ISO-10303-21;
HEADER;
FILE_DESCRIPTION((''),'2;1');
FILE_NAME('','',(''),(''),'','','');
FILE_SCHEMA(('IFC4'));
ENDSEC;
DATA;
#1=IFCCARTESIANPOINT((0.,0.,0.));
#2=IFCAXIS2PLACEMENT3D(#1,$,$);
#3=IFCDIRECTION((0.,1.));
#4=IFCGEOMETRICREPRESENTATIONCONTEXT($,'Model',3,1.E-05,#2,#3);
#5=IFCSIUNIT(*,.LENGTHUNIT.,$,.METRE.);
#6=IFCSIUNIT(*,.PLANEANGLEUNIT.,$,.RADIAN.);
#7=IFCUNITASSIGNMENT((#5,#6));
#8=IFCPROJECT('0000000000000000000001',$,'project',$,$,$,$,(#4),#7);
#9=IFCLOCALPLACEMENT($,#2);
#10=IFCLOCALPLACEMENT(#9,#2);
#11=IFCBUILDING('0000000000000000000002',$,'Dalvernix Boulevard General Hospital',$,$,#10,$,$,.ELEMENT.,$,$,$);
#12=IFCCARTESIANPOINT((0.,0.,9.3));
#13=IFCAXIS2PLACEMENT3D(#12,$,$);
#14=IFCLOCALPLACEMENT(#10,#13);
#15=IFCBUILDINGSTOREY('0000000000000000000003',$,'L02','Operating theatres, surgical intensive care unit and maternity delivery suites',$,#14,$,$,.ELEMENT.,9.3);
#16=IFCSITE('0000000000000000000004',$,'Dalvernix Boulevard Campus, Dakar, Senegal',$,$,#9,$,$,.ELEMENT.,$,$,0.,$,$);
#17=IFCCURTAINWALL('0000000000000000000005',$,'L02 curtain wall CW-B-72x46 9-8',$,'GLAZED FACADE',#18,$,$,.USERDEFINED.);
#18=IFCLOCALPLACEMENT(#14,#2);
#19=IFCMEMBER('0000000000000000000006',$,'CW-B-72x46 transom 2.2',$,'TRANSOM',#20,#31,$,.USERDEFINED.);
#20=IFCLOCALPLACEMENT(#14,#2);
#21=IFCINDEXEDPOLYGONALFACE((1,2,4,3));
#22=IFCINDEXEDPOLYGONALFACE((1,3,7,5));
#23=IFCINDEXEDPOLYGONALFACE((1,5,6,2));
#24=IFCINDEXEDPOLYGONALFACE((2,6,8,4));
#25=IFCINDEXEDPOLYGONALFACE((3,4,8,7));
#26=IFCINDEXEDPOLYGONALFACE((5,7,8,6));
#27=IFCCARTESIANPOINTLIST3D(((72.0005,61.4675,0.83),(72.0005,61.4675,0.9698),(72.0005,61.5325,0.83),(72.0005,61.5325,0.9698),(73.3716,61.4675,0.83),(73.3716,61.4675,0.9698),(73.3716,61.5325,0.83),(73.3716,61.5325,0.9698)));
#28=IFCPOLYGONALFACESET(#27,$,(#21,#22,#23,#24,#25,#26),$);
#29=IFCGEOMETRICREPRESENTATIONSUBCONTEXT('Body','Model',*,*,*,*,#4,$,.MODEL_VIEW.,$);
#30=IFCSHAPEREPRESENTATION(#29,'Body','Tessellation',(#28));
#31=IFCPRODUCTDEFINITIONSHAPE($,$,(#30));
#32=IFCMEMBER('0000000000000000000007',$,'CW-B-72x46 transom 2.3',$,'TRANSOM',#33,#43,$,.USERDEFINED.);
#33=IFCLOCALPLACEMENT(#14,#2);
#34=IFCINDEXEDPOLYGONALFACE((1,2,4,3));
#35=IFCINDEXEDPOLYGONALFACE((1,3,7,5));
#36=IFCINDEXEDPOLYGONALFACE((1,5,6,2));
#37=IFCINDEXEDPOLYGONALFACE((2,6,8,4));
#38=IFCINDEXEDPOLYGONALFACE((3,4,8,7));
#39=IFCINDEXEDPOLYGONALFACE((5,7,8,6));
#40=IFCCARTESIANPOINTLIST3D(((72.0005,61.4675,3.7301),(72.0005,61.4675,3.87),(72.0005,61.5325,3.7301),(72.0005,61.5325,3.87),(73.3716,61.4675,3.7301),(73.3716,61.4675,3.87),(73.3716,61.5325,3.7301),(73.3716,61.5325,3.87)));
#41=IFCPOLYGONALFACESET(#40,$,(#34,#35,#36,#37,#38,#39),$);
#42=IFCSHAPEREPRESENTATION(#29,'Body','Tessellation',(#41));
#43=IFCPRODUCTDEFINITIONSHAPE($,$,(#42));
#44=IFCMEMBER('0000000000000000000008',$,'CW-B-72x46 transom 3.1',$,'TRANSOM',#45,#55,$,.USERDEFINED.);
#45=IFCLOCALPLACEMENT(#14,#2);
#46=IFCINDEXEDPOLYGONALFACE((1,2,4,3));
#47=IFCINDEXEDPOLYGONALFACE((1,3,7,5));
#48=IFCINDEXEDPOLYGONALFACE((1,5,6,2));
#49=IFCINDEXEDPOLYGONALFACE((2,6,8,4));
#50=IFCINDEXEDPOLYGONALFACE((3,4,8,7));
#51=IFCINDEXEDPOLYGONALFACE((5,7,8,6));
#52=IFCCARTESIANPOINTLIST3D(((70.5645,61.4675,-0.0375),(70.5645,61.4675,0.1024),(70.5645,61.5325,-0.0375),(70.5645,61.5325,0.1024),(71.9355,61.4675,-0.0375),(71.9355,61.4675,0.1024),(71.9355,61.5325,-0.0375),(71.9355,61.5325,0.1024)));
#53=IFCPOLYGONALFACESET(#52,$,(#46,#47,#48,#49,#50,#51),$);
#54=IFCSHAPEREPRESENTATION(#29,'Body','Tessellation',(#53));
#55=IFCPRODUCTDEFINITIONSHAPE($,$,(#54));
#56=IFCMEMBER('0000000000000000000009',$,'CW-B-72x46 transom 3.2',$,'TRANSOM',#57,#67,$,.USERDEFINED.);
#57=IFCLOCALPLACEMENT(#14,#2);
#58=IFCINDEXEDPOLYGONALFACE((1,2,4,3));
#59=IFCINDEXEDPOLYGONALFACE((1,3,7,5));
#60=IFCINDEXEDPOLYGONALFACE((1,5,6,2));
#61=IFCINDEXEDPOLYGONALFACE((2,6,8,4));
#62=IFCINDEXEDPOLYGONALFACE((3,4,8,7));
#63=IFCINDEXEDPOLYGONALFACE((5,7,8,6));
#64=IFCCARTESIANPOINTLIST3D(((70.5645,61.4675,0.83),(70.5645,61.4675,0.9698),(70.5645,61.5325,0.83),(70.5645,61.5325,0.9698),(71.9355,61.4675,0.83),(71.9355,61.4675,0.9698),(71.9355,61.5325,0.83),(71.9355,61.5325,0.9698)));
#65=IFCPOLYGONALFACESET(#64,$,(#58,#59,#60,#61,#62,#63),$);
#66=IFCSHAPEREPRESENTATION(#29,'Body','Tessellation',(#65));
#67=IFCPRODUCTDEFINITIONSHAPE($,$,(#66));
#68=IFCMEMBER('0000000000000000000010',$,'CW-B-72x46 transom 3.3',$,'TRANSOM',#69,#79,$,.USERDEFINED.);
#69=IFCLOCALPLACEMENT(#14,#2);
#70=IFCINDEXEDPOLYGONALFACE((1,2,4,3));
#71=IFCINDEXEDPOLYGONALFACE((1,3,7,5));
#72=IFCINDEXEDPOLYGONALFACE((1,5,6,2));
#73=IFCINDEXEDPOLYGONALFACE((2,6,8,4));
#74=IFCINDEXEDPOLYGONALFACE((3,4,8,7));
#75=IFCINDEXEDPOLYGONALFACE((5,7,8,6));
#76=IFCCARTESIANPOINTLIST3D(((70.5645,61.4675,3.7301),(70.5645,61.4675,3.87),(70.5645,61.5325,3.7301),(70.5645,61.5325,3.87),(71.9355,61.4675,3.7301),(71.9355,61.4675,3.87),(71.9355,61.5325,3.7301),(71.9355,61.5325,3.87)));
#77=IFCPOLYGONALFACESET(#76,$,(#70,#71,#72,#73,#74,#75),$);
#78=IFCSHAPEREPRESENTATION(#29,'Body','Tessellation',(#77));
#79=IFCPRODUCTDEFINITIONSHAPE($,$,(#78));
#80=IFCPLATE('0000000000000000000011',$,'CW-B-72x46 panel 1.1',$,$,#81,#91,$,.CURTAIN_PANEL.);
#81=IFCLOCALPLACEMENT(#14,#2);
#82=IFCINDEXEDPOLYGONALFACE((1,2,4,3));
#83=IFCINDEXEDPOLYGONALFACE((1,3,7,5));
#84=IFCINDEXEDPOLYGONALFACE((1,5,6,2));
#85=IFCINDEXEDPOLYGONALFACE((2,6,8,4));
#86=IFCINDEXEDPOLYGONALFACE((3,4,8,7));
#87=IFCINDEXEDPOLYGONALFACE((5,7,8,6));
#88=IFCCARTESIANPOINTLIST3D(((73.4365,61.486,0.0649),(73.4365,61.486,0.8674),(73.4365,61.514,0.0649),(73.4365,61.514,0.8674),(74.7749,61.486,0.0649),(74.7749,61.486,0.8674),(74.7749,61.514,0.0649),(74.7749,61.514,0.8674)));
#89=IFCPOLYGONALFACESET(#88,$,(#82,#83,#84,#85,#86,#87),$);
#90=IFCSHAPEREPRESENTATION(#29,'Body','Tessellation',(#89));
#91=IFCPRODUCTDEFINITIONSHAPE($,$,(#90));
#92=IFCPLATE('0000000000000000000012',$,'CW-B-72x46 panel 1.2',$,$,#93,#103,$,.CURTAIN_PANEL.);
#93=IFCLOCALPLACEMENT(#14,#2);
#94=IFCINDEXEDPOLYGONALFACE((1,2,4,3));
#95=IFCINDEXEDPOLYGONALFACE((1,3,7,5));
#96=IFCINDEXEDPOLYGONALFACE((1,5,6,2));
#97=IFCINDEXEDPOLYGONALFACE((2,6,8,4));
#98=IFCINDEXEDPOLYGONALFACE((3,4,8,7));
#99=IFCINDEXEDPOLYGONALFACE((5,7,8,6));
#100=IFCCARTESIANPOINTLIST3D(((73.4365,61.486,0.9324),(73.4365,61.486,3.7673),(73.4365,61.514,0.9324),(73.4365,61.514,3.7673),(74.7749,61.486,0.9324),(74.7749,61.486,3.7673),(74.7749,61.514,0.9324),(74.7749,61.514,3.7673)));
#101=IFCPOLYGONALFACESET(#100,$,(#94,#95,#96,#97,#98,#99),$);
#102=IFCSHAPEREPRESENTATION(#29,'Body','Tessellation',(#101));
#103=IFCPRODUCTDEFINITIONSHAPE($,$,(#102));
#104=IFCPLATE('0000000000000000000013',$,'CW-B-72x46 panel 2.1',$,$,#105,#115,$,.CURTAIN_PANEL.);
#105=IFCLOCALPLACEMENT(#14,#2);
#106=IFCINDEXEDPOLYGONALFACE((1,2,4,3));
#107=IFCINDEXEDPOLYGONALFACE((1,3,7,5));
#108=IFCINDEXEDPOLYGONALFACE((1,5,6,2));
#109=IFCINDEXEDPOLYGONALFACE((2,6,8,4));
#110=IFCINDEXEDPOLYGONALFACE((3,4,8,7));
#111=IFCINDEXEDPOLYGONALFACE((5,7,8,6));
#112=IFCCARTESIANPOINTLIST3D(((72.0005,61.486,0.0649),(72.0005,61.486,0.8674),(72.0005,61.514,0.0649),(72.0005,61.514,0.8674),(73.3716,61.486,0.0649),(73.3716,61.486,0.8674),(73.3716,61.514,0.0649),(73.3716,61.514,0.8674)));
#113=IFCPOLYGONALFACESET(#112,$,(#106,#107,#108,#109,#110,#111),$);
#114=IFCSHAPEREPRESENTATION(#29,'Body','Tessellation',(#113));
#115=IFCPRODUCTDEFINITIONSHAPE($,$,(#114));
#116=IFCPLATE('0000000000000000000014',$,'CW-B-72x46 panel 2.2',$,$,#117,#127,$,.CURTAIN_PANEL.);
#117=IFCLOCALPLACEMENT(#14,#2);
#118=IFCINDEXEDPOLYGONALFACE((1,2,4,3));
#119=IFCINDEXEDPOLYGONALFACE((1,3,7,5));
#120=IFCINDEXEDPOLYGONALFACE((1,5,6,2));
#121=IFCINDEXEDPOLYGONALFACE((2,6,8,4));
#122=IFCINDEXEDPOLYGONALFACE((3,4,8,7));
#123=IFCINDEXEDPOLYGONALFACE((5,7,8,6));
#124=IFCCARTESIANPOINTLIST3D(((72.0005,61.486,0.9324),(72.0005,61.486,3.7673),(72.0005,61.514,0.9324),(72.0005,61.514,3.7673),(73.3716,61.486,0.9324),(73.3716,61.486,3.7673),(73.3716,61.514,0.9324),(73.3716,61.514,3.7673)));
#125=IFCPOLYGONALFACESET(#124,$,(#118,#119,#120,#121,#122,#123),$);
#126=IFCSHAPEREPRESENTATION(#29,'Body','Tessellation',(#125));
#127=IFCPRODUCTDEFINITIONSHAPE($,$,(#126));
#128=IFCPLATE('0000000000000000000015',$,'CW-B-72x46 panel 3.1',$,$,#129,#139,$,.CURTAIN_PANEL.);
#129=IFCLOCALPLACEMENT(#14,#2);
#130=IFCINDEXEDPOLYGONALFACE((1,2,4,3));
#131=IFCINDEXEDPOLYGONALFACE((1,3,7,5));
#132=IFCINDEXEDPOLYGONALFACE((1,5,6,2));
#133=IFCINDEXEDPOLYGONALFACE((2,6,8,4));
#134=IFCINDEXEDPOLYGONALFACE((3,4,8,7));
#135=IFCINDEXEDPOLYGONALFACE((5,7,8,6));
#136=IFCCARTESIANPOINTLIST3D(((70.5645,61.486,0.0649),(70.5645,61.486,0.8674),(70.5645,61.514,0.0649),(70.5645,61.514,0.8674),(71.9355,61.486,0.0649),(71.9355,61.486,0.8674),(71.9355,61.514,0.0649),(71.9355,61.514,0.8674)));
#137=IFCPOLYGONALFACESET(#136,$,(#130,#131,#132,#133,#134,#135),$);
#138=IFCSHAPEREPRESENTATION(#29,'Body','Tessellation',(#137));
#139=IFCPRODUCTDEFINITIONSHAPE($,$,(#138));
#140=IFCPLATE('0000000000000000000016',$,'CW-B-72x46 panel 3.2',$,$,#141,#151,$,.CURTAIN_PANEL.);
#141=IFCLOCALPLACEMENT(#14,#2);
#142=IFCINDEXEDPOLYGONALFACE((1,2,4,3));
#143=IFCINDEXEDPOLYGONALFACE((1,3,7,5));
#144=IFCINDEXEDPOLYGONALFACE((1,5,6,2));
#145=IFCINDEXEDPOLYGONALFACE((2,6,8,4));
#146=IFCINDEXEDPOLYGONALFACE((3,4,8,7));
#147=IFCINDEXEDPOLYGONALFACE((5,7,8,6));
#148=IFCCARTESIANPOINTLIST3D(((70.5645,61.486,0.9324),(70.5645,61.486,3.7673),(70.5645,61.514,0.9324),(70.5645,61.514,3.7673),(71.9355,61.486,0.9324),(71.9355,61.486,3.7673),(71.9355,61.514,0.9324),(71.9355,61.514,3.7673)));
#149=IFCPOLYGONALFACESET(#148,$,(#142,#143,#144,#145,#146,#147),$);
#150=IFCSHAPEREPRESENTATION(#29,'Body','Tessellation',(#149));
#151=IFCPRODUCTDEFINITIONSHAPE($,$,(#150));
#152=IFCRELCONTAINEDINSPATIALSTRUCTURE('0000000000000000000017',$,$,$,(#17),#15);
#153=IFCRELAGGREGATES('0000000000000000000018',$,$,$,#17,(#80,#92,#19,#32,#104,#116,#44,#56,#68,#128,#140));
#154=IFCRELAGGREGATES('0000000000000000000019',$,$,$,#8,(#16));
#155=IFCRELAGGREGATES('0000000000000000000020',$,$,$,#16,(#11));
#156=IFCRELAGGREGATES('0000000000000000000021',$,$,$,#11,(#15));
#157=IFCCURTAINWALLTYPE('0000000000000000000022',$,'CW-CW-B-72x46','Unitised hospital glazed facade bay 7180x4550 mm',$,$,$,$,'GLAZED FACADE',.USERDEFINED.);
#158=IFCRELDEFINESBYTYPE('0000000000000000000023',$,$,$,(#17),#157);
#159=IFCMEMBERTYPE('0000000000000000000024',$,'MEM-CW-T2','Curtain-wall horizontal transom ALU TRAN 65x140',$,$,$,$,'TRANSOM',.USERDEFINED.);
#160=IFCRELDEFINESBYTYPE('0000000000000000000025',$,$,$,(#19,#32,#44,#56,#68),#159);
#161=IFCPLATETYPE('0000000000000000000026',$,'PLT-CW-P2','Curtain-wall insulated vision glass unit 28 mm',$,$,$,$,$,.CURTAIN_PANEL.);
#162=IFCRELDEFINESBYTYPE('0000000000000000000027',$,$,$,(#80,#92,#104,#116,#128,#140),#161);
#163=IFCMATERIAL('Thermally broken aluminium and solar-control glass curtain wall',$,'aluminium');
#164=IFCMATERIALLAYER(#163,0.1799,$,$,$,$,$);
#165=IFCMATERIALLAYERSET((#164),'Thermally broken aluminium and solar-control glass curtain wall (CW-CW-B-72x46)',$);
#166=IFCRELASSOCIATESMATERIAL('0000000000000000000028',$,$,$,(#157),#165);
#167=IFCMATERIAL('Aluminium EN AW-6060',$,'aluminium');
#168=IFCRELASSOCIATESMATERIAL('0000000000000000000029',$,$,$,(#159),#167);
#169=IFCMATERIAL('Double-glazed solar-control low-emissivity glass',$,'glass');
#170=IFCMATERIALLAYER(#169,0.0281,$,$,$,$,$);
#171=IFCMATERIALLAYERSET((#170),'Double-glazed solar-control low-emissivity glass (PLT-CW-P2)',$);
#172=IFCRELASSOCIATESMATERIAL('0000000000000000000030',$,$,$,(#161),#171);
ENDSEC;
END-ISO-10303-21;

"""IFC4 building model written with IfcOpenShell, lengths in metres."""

from ifc_helpers import new_model, si_unit, direction, frame, origin, origin_2d, place, context, subcontext, project, spatial, rectangle, extrude, material, layer, layer_set, material_profile, profile_set, type_object, element, aggregate, save


model = new_model("IFC4")

# Units and contexts
model_context = context("Model", 3, precision=1e-05, world=origin(), true_north=direction((0.0, 1.0)))
body_context = subcontext(model_context, "Body", "Model", "MODEL_VIEW")
ifc_project = project(units=[si_unit("LENGTHUNIT", "METRE"), si_unit("PLANEANGLEUNIT", "RADIAN")], contexts=[model_context])

# Site, building, storey
site_placement = place(None, origin())
site = spatial("IfcSite", under=ifc_project, at=site_placement, Name="Dalvernix Boulevard Campus, Dakar, Senegal", CompositionType="ELEMENT", RefElevation=0.0)
building_placement = place(site_placement, origin())
building = spatial("IfcBuilding", under=site, at=building_placement, Name="Dalvernix Boulevard General Hospital", CompositionType="ELEMENT")
storey_placement = place(building_placement, frame((0.0, 0.0, 9.3)))
storey = spatial("IfcBuildingStorey", under=building, at=storey_placement, Name="L02", Description="Operating theatres, surgical intensive care unit and maternity delivery suites", CompositionType="ELEMENT", Elevation=9.3)

# Curtain wall
ifc_material_1 = material(Name="Thermally broken aluminium and solar-control glass curtain wall", Category="aluminium")
ifc_layer_1 = layer(ifc_material_1, 0.1799)
ifc_layer_set_1 = layer_set([ifc_layer_1], Name="Thermally broken aluminium and solar-control glass curtain wall (CW-CW-B-72x46)")
curtain_wall_type_1 = type_object("IfcCurtainWallType", Name="CW-CW-B-72x46", Description="Unitised hospital glazed facade bay 7180x4550 mm", ElementType="GLAZED FACADE", PredefinedType="USERDEFINED", material=ifc_layer_set_1)
curtain_wall_1_placement = place(storey_placement, origin())
curtain_wall_1 = element("IfcCurtainWall", 1, at=curtain_wall_1_placement, inside=storey, type_object=curtain_wall_type_1, Name="L02 curtain wall CW-B-72x46 9-8", ObjectType="GLAZED FACADE", PredefinedType="USERDEFINED")
ifc_material_2 = material(Name="Aluminium EN AW-6060", Category="aluminium")

# Members
ifc_material_profile_1 = material_profile(ifc_material_2, rectangle(XDim=0.0649, YDim=0.1399, at=origin_2d()), Name="ALU TRAN 65x140")
ifc_profile_set_1 = profile_set([ifc_material_profile_1], Name="Aluminium EN AW-6060")
member_type_1 = type_object("IfcMemberType", Name="MEM-CW-T2", Description="Curtain-wall horizontal transom ALU TRAN 65x140", ElementType="TRANSOM", PredefinedType="USERDEFINED", material=ifc_profile_set_1)
member_1_placement = place(storey_placement, frame((73.3716, 61.5, 0.8999), z_axis=(-1.0, 0.0, 0.0), x_axis=(0.0, -1.0, 0.0)))
member_1 = element("IfcMember", 2, at=member_1_placement, type_object=member_type_1, Name="CW-B-72x46 transom 2.2", ObjectType="TRANSOM", PredefinedType="USERDEFINED", context=body_context, shape_type="SweptSolid", body=[
    extrude(rectangle(XDim=0.0649, YDim=0.1399, at=origin_2d()), origin(), (0.0, 0.0, 1.0), 1.3711),
])
member_2_placement = place(storey_placement, frame((73.3716, 61.5, 3.8), z_axis=(-1.0, 0.0, 0.0), x_axis=(0.0, -1.0, 0.0)))
member_2 = element("IfcMember", 3, at=member_2_placement, type_object=member_type_1, Name="CW-B-72x46 transom 2.3", ObjectType="TRANSOM", PredefinedType="USERDEFINED", context=body_context, shape_type="SweptSolid", body=[
    extrude(rectangle(XDim=0.0649, YDim=0.1399, at=origin_2d()), origin(), (0.0, 0.0, 1.0), 1.3711),
])
member_3_placement = place(storey_placement, frame((71.9355, 61.5, 0.0325), z_axis=(-1.0, 0.0, 0.0), x_axis=(0.0, -1.0, 0.0)))
member_3 = element("IfcMember", 4, at=member_3_placement, type_object=member_type_1, Name="CW-B-72x46 transom 3.1", ObjectType="TRANSOM", PredefinedType="USERDEFINED", context=body_context, shape_type="SweptSolid", body=[
    extrude(rectangle(XDim=0.0649, YDim=0.1399, at=origin_2d()), origin(), (0.0, 0.0, 1.0), 1.3711),
])
member_4_placement = place(storey_placement, frame((71.9355, 61.5, 0.8999), z_axis=(-1.0, 0.0, 0.0), x_axis=(0.0, -1.0, 0.0)))
member_4 = element("IfcMember", 5, at=member_4_placement, type_object=member_type_1, Name="CW-B-72x46 transom 3.2", ObjectType="TRANSOM", PredefinedType="USERDEFINED", context=body_context, shape_type="SweptSolid", body=[
    extrude(rectangle(XDim=0.0649, YDim=0.1399, at=origin_2d()), origin(), (0.0, 0.0, 1.0), 1.3711),
])
member_5_placement = place(storey_placement, frame((71.9355, 61.5, 3.8), z_axis=(-1.0, 0.0, 0.0), x_axis=(0.0, -1.0, 0.0)))
member_5 = element("IfcMember", 6, at=member_5_placement, type_object=member_type_1, Name="CW-B-72x46 transom 3.3", ObjectType="TRANSOM", PredefinedType="USERDEFINED", context=body_context, shape_type="SweptSolid", body=[
    extrude(rectangle(XDim=0.0649, YDim=0.1399, at=origin_2d()), origin(), (0.0, 0.0, 1.0), 1.3711),
])

# Plates
ifc_material_3 = material(Name="Double-glazed solar-control low-emissivity glass", Category="glass")
ifc_layer_2 = layer(ifc_material_3, 0.0281)
ifc_layer_set_2 = layer_set([ifc_layer_2], Name="Double-glazed solar-control low-emissivity glass (PLT-CW-P2)")
plate_type = type_object("IfcPlateType", Name="PLT-CW-P2", Description="Curtain-wall insulated vision glass unit 28 mm", PredefinedType="CURTAIN_PANEL", material=ifc_layer_set_2)
plate_1_placement = place(storey_placement, frame((74.1057, 61.5, 0.0649), z_axis=(0.0, 0.0, 1.0), x_axis=(-1.0, 0.0, 0.0)))
plate_1 = element("IfcPlate", 7, at=plate_1_placement, type_object=plate_type, Name="CW-B-72x46 panel 1.1", PredefinedType="CURTAIN_PANEL", context=body_context, shape_type="SweptSolid", body=[
    extrude(rectangle(XDim=1.3384, YDim=0.0281, at=origin_2d()), origin(), (0.0, 0.0, 1.0), 0.8025),
])
plate_2_placement = place(storey_placement, frame((74.1057, 61.5, 0.9324), z_axis=(0.0, 0.0, 1.0), x_axis=(-1.0, 0.0, 0.0)))
plate_2 = element("IfcPlate", 8, at=plate_2_placement, type_object=plate_type, Name="CW-B-72x46 panel 1.2", PredefinedType="CURTAIN_PANEL", context=body_context, shape_type="SweptSolid", body=[
    extrude(rectangle(XDim=1.3384, YDim=0.0281, at=origin_2d()), origin(), (0.0, 0.0, 1.0), 2.835),
])
plate_3_placement = place(storey_placement, frame((72.686, 61.5, 0.0649), z_axis=(0.0, 0.0, 1.0), x_axis=(-1.0, 0.0, 0.0)))
plate_3 = element("IfcPlate", 9, at=plate_3_placement, type_object=plate_type, Name="CW-B-72x46 panel 2.1", PredefinedType="CURTAIN_PANEL", context=body_context, shape_type="SweptSolid", body=[
    extrude(rectangle(XDim=1.3711, YDim=0.0281, at=origin_2d()), origin(), (0.0, 0.0, 1.0), 0.8025),
])
plate_4_placement = place(storey_placement, frame((72.686, 61.5, 0.9324), z_axis=(0.0, 0.0, 1.0), x_axis=(-1.0, 0.0, 0.0)))
plate_4 = element("IfcPlate", 10, at=plate_4_placement, type_object=plate_type, Name="CW-B-72x46 panel 2.2", PredefinedType="CURTAIN_PANEL", context=body_context, shape_type="SweptSolid", body=[
    extrude(rectangle(XDim=1.3711, YDim=0.0281, at=origin_2d()), origin(), (0.0, 0.0, 1.0), 2.835),
])
plate_5_placement = place(storey_placement, frame((71.25, 61.5, 0.0649), z_axis=(0.0, 0.0, 1.0), x_axis=(-1.0, 0.0, 0.0)))
plate_5 = element("IfcPlate", 11, at=plate_5_placement, type_object=plate_type, Name="CW-B-72x46 panel 3.1", PredefinedType="CURTAIN_PANEL", context=body_context, shape_type="SweptSolid", body=[
    extrude(rectangle(XDim=1.3711, YDim=0.0281, at=origin_2d()), origin(), (0.0, 0.0, 1.0), 0.8025),
])
plate_6_placement = place(storey_placement, frame((71.25, 61.5, 0.9324), z_axis=(0.0, 0.0, 1.0), x_axis=(-1.0, 0.0, 0.0)))
plate_6 = element("IfcPlate", 12, at=plate_6_placement, type_object=plate_type, Name="CW-B-72x46 panel 3.2", PredefinedType="CURTAIN_PANEL", context=body_context, shape_type="SweptSolid", body=[
    extrude(rectangle(XDim=1.3711, YDim=0.0281, at=origin_2d()), origin(), (0.0, 0.0, 1.0), 2.835),
])
aggregate(curtain_wall_1, [plate_1, plate_2, member_1, member_2, plate_3, plate_4, member_3, member_4, member_5, plate_5, plate_6])

save(model, "model.ifc")
